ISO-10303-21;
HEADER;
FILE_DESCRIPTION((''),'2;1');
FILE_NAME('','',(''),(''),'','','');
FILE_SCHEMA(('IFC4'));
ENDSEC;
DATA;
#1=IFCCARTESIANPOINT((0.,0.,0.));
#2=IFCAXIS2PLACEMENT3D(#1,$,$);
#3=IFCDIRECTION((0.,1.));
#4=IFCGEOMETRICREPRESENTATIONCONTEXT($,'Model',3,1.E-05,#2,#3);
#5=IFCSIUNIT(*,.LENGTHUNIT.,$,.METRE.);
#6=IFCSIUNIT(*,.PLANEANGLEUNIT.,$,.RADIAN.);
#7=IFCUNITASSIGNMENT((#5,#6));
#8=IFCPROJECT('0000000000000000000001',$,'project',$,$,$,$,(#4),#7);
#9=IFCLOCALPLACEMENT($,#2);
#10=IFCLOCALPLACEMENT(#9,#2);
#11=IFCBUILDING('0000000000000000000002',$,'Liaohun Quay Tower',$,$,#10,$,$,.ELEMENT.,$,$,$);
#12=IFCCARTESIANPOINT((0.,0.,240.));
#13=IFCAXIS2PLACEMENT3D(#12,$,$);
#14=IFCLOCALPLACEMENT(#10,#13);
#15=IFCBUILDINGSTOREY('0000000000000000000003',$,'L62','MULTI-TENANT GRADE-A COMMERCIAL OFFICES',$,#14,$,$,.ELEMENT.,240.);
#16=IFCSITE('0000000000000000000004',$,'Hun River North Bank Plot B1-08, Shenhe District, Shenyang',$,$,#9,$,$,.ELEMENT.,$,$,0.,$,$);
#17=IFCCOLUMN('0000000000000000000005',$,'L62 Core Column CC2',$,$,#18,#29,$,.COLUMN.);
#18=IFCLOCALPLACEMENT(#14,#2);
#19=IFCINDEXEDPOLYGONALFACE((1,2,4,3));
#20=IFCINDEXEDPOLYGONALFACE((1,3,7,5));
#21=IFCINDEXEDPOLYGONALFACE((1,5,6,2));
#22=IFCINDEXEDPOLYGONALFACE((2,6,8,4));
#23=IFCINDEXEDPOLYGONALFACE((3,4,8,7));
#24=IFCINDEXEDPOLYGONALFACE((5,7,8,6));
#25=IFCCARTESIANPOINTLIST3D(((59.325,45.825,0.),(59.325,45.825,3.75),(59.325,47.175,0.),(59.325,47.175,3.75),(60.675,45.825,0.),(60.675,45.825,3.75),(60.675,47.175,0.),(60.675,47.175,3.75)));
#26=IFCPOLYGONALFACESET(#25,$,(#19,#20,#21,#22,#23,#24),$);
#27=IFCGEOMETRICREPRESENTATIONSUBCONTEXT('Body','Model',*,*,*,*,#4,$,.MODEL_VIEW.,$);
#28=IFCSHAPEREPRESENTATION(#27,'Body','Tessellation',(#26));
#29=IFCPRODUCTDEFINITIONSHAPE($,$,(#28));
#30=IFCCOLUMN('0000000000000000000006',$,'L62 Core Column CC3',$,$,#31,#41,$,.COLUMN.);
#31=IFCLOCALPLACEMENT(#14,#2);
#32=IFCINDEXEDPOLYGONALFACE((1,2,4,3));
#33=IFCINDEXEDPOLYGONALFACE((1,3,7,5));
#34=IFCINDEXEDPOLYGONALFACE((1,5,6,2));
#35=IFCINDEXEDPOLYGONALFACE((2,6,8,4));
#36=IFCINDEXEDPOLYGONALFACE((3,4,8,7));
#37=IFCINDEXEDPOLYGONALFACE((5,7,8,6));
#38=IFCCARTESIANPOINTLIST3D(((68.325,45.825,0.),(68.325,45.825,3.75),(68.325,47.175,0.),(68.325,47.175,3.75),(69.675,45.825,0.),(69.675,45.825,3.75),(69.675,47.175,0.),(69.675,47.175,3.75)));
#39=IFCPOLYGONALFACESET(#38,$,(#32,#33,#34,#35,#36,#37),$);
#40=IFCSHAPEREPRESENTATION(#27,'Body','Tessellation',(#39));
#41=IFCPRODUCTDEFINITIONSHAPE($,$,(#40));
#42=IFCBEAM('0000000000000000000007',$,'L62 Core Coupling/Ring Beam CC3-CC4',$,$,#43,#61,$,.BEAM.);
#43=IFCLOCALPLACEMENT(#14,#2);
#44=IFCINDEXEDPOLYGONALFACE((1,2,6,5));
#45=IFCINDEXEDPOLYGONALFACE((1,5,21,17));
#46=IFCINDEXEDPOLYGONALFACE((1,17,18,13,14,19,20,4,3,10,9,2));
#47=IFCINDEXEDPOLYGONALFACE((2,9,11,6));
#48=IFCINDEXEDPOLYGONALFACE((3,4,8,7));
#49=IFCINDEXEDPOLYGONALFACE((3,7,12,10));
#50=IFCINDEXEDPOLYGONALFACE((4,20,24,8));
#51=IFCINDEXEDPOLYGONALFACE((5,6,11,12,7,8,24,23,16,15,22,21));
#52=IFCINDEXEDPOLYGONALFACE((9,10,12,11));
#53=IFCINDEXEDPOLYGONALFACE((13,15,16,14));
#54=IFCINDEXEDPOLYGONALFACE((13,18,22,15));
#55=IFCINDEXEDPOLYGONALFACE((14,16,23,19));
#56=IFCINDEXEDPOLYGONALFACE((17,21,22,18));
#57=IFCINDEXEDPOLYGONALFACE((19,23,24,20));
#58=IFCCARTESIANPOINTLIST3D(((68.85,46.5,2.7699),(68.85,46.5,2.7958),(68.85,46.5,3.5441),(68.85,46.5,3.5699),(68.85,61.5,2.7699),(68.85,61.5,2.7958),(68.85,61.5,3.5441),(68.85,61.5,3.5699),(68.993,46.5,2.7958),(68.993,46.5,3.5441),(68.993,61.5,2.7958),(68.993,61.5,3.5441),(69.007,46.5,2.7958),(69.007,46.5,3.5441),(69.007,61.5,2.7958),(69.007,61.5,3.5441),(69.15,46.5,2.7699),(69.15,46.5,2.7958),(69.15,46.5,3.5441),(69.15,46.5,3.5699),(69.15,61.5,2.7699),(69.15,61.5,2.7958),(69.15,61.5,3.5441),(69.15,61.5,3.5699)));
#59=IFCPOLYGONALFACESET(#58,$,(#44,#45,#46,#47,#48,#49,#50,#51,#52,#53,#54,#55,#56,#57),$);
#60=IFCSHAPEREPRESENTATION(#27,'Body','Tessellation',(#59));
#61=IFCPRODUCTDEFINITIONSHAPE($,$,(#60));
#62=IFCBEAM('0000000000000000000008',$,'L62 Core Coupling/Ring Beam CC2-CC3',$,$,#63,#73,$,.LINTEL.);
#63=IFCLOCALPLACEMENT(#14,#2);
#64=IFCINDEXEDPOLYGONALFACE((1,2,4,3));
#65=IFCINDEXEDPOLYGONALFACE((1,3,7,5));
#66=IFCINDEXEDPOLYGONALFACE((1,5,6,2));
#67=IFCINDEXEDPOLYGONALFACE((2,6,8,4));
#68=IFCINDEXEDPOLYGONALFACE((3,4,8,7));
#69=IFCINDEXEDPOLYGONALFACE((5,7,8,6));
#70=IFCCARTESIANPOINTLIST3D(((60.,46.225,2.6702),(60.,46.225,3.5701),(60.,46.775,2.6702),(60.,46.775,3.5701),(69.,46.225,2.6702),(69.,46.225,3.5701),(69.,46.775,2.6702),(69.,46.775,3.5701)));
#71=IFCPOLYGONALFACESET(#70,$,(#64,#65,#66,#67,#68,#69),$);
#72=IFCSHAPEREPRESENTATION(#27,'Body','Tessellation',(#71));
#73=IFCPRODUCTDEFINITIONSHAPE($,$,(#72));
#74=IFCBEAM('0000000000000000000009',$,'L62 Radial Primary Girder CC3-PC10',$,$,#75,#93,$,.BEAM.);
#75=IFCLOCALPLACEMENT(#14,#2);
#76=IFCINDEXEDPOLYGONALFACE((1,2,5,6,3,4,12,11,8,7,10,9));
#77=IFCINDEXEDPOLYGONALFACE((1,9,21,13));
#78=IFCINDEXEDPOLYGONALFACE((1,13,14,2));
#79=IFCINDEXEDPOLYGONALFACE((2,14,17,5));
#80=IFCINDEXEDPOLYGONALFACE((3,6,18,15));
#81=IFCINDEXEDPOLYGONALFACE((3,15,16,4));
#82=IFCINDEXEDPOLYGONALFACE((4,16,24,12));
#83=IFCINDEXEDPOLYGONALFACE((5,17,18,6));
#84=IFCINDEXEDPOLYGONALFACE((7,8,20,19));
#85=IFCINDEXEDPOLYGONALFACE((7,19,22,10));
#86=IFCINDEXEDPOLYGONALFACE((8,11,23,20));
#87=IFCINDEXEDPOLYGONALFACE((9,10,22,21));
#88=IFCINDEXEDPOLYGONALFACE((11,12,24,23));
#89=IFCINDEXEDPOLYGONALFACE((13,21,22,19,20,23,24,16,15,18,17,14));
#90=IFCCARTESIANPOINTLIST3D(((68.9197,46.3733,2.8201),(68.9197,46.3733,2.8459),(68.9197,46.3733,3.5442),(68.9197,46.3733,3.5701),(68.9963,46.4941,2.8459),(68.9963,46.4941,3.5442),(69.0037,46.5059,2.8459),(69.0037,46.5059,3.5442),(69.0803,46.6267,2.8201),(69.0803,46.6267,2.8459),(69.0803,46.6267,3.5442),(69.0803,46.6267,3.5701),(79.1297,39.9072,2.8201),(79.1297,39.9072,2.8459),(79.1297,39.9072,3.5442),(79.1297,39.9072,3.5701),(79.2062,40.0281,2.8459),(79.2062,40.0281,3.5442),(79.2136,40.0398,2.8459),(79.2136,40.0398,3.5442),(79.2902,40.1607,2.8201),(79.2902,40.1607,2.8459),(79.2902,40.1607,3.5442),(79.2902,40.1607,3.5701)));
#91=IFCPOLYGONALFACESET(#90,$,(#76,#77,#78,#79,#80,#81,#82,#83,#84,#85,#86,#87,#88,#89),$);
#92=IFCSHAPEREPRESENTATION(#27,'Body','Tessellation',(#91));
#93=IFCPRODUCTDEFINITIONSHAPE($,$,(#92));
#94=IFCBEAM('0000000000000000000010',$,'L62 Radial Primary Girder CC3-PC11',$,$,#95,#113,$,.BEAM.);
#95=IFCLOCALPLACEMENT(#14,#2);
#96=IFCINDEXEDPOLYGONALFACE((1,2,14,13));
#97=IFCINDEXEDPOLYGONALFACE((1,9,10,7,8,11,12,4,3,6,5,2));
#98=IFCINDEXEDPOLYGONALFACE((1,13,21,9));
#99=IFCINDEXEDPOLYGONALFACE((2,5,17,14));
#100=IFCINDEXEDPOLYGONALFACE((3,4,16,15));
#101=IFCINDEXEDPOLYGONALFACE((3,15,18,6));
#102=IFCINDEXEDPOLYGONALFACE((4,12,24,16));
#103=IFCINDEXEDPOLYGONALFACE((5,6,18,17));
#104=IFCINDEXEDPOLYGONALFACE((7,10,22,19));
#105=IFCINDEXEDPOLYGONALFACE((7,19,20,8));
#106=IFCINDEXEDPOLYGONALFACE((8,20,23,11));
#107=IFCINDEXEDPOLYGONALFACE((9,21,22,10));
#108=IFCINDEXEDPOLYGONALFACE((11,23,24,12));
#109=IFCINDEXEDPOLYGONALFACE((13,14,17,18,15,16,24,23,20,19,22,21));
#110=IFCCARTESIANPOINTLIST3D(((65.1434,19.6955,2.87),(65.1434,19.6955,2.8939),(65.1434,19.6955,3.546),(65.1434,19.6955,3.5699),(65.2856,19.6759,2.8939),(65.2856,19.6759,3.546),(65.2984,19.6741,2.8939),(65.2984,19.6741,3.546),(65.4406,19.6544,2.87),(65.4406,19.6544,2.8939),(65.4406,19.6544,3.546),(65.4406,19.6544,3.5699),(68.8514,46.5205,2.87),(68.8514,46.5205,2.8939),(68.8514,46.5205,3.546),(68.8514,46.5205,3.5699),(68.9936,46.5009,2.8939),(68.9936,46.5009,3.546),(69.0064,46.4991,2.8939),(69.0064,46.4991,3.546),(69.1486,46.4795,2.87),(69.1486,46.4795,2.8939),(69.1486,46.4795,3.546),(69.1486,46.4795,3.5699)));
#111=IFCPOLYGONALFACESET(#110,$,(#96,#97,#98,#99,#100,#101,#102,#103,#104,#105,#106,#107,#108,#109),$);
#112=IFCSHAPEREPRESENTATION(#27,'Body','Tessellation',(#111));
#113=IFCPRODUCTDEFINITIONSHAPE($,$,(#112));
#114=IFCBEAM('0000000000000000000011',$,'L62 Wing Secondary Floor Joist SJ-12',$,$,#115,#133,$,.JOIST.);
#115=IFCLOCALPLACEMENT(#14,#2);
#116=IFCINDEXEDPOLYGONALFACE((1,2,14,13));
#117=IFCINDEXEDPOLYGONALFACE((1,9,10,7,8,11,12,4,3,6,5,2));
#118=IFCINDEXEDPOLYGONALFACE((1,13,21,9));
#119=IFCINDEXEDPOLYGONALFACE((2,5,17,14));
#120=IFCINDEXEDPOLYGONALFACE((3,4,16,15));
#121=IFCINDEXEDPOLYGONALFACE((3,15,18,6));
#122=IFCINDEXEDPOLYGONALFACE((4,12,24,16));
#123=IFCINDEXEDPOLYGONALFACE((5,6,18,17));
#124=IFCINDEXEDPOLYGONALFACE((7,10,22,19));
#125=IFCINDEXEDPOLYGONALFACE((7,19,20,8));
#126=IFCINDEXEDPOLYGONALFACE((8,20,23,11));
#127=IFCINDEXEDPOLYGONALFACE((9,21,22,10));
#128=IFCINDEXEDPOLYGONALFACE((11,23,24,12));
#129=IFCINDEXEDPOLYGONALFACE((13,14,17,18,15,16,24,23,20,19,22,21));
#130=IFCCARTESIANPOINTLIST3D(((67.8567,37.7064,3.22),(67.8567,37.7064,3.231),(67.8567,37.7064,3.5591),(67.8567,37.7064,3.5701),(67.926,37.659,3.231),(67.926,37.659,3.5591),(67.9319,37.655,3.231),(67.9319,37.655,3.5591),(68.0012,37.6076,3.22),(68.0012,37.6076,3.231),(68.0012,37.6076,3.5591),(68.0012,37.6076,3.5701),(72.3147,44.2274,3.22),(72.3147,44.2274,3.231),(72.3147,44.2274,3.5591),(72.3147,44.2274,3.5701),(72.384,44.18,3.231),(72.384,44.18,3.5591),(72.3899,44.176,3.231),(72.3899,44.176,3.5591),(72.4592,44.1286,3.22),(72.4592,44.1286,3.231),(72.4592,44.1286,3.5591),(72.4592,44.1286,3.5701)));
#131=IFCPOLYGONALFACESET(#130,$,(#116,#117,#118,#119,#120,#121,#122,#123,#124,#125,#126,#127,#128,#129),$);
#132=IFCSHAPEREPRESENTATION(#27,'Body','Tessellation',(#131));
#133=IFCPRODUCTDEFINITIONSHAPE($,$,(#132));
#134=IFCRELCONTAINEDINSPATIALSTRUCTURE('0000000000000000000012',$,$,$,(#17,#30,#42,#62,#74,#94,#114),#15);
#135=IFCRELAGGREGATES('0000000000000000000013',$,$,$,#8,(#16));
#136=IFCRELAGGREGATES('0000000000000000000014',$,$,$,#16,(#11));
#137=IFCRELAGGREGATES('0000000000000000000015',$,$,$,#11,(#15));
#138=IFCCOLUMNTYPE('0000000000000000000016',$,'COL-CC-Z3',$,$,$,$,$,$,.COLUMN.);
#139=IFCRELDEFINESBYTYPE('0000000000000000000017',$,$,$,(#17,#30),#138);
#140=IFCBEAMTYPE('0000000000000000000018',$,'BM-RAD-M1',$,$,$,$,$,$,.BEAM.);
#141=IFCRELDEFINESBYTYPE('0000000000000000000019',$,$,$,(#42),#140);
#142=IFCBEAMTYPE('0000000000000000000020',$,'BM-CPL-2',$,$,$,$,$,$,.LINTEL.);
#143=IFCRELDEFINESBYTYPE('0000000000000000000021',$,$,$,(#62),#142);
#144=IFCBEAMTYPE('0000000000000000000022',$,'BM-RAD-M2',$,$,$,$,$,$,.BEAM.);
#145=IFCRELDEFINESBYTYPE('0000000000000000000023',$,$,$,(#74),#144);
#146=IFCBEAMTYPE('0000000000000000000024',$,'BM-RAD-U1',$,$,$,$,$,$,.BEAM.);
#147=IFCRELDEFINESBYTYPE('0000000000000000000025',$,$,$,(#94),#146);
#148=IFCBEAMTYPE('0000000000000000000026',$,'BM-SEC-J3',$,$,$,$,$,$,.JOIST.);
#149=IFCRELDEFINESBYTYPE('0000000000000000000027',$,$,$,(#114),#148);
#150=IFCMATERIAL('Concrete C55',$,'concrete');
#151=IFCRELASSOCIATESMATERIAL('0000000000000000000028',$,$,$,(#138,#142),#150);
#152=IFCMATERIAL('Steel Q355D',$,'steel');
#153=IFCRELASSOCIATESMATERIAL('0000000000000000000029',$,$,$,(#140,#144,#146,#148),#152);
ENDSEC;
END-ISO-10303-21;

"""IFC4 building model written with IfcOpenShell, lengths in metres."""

from ifc_helpers import new_model, si_unit, direction, frame, origin, origin_2d, place, context, subcontext, project, spatial, rectangle, i_section, extrude, source, transform, mapped, material, material_profile, profile_set, type_object, element, save


model = new_model("IFC4")

# Units and contexts
model_context = context("Model", 3, precision=1e-05, world=origin(), true_north=direction((0.0, 1.0)))
body_context = subcontext(model_context, "Body", "Model", "MODEL_VIEW")
ifc_project = project(units=[si_unit("LENGTHUNIT", "METRE"), si_unit("PLANEANGLEUNIT", "RADIAN")], contexts=[model_context])

# Site, building, storey
site_placement = place(None, origin())
site = spatial("IfcSite", under=ifc_project, at=site_placement, Name="Hun River North Bank Plot B1-08, Shenhe District, Shenyang", CompositionType="ELEMENT", RefElevation=0.0)
building_placement = place(site_placement, origin())
building = spatial("IfcBuilding", under=site, at=building_placement, Name="Liaohun Quay Tower", CompositionType="ELEMENT")
storey_placement = place(building_placement, frame((0.0, 0.0, 240.0)))
storey = spatial("IfcBuildingStorey", under=building, at=storey_placement, Name="L62", Description="MULTI-TENANT GRADE-A COMMERCIAL OFFICES", CompositionType="ELEMENT", Elevation=240.0)

# Columns
ifc_material_1 = material(Name="Concrete C55", Category="concrete")
ifc_material_profile_1 = material_profile(ifc_material_1, rectangle(XDim=1.3501, YDim=1.3501, at=origin_2d()), Name="RC1350x1350")
ifc_profile_set_1 = profile_set([ifc_material_profile_1], Name="Concrete C55")
column_type = type_object("IfcColumnType", Name="COL-CC-Z3", PredefinedType="COLUMN", material=ifc_profile_set_1)
shared_shape_1 = source(origin(), body_context, "Body", "SweptSolid", [
    extrude(rectangle(XDim=1.3501, YDim=1.3501, at=origin_2d()), origin(), (0.0, 0.0, 1.0), 3.75),
])
for number, where, z_axis, x_axis, name in (
    (1, (60.0, 46.5, 0.0), (0.0, 0.0, 1.0), (1.0, 0.0, 0.0), "L62 Core Column CC2"),
    (2, (69.0, 46.5, 0.0), (0.0, 0.0, 1.0), (1.0, 0.0, 0.0), "L62 Core Column CC3"),
):
    element("IfcColumn", number, at=place(storey_placement, frame(where, z_axis=z_axis, x_axis=x_axis)), inside=storey, type_object=column_type, Name=name, PredefinedType="COLUMN", context=body_context, shape_type="MappedRepresentation", body=[
        mapped(shared_shape_1, transform((0.0, 0.0, 0.0), x_axis=(1.0, 0.0, 0.0), y_axis=(0.0, 1.0, 0.0), z_axis=(0.0, 0.0, 1.0), scale=1.0)),
    ])

# Beams
ifc_material_2 = material(Name="Steel Q355D", Category="steel")
ifc_material_profile_2 = material_profile(ifc_material_2, i_section(OverallWidth=0.3, OverallDepth=0.8, WebThickness=0.0139, FlangeThickness=0.0259, at=origin_2d()), Name="HN800x300x14x26")
ifc_profile_set_2 = profile_set([ifc_material_profile_2], Name="Steel Q355D")
beam_type_1 = type_object("IfcBeamType", Name="BM-RAD-M1", PredefinedType="BEAM", material=ifc_profile_set_2)
shared_shape_2 = source(origin(), body_context, "Body", "SweptSolid", [
    extrude(i_section(OverallWidth=0.3, OverallDepth=0.8, WebThickness=0.0139, FlangeThickness=0.0259, at=origin_2d()), origin(), (0.0, 0.0, 1.0), 15.0),
])
beam_1_placement = place(storey_placement, frame((69.0, 46.5, 3.1699), z_axis=(0.0, 1.0, 0.0), x_axis=(-1.0, 0.0, 0.0)))
element("IfcBeam", 3, at=beam_1_placement, inside=storey, type_object=beam_type_1, Name="L62 Core Coupling/Ring Beam CC3-CC4", PredefinedType="BEAM", context=body_context, shape_type="MappedRepresentation", body=[
    mapped(shared_shape_2, transform((0.0, 0.0, 0.0), x_axis=(1.0, 0.0, 0.0), y_axis=(0.0, 1.0, 0.0), z_axis=(0.0, 0.0, 1.0), scale=1.0)),
])
ifc_material_profile_3 = material_profile(ifc_material_1, rectangle(XDim=0.55, YDim=0.8999, at=origin_2d()), Name="RC550x900")
ifc_profile_set_3 = profile_set([ifc_material_profile_3], Name="Concrete C55")
beam_type_2 = type_object("IfcBeamType", Name="BM-CPL-2", PredefinedType="LINTEL", material=ifc_profile_set_3)
shared_shape_3 = source(origin(), body_context, "Body", "SweptSolid", [
    extrude(rectangle(XDim=0.55, YDim=0.8999, at=origin_2d()), origin(), (0.0, 0.0, 1.0), 9.0),
])
beam_2_placement = place(storey_placement, frame((60.0, 46.5, 3.1201), z_axis=(1.0, 0.0, 0.0), x_axis=(0.0, 1.0, 0.0)))
element("IfcBeam", 4, at=beam_2_placement, inside=storey, type_object=beam_type_2, Name="L62 Core Coupling/Ring Beam CC2-CC3", PredefinedType="LINTEL", context=body_context, shape_type="MappedRepresentation", body=[
    mapped(shared_shape_3, transform((0.0, 0.0, 0.0), x_axis=(1.0, 0.0, 0.0), y_axis=(0.0, 1.0, 0.0), z_axis=(0.0, 0.0, 1.0), scale=1.0)),
])
ifc_material_profile_4 = material_profile(ifc_material_2, i_section(OverallWidth=0.3, OverallDepth=0.75, WebThickness=0.0139, FlangeThickness=0.0259, at=origin_2d()), Name="HN750x300x14x26")
ifc_profile_set_4 = profile_set([ifc_material_profile_4], Name="Steel Q355D")
beam_type_3 = type_object("IfcBeamType", Name="BM-RAD-M2", PredefinedType="BEAM", material=ifc_profile_set_4)
shared_shape_4 = source(origin(), body_context, "Body", "SweptSolid", [
    extrude(i_section(OverallWidth=0.3, OverallDepth=0.75, WebThickness=0.0139, FlangeThickness=0.0259, at=origin_2d()), origin(), (0.0, 0.0, 1.0), 12.0852),
])
beam_3_placement = place(storey_placement, frame((69.0, 46.5, 3.1951), z_axis=(0.844828, -0.535038, 0.0), x_axis=(0.535038, 0.844828, 0.0)))
element("IfcBeam", 5, at=beam_3_placement, inside=storey, type_object=beam_type_3, Name="L62 Radial Primary Girder CC3-PC10", PredefinedType="BEAM", context=body_context, shape_type="MappedRepresentation", body=[
    mapped(shared_shape_4, transform((0.0, 0.0, 0.0), x_axis=(1.0, 0.0, 0.0), y_axis=(0.0, 1.0, 0.0), z_axis=(0.0, 0.0, 1.0), scale=1.0)),
])
ifc_material_profile_5 = material_profile(ifc_material_2, i_section(OverallWidth=0.3, OverallDepth=0.7, WebThickness=0.0129, FlangeThickness=0.0239, at=origin_2d()), Name="HN700x300x13x24")
ifc_profile_set_5 = profile_set([ifc_material_profile_5], Name="Steel Q355D")
beam_type_4 = type_object("IfcBeamType", Name="BM-RAD-U1", PredefinedType="BEAM", material=ifc_profile_set_5)
shared_shape_5 = source(origin(), body_context, "Body", "SweptSolid", [
    extrude(i_section(OverallWidth=0.3, OverallDepth=0.7, WebThickness=0.0129, FlangeThickness=0.0239, at=origin_2d()), origin(), (0.0, 0.0, 1.0), 27.0801),
])
beam_4_placement = place(storey_placement, frame((69.0, 46.5, 3.22), z_axis=(-0.136928, -0.990581, 0.0), x_axis=(0.990581, -0.136928, 0.0)))
element("IfcBeam", 6, at=beam_4_placement, inside=storey, type_object=beam_type_4, Name="L62 Radial Primary Girder CC3-PC11", PredefinedType="BEAM", context=body_context, shape_type="MappedRepresentation", body=[
    mapped(shared_shape_5, transform((0.0, 0.0, 0.0), x_axis=(1.0, 0.0, 0.0), y_axis=(0.0, 1.0, 0.0), z_axis=(0.0, 0.0, 1.0), scale=1.0)),
])
ifc_material_profile_6 = material_profile(ifc_material_2, i_section(OverallWidth=0.175, OverallDepth=0.3501, WebThickness=0.0071, FlangeThickness=0.011, at=origin_2d()), Name="HN350x175x7x11")
ifc_profile_set_6 = profile_set([ifc_material_profile_6], Name="Steel Q355D")
beam_type_5 = type_object("IfcBeamType", Name="BM-SEC-J3", PredefinedType="JOIST", material=ifc_profile_set_6)
shared_shape_6 = source(origin(), body_context, "Body", "SweptSolid", [
    extrude(i_section(OverallWidth=0.175, OverallDepth=0.3501, WebThickness=0.0071, FlangeThickness=0.011, at=origin_2d()), origin(), (0.0, 0.0, 1.0), 7.8992),
])
beam_5_placement = place(storey_placement, frame((72.387, 44.178, 3.395), z_axis=(-0.564363, -0.825527, 0.0), x_axis=(0.825527, -0.564363, 0.0)))
element("IfcBeam", 7, at=beam_5_placement, inside=storey, type_object=beam_type_5, Name="L62 Wing Secondary Floor Joist SJ-12", PredefinedType="JOIST", context=body_context, shape_type="MappedRepresentation", body=[
    mapped(shared_shape_6, transform((0.0, 0.0, 0.0), x_axis=(1.0, 0.0, 0.0), y_axis=(0.0, 1.0, 0.0), z_axis=(0.0, 0.0, 1.0), scale=1.0)),
])

save(model, "model.ifc")
